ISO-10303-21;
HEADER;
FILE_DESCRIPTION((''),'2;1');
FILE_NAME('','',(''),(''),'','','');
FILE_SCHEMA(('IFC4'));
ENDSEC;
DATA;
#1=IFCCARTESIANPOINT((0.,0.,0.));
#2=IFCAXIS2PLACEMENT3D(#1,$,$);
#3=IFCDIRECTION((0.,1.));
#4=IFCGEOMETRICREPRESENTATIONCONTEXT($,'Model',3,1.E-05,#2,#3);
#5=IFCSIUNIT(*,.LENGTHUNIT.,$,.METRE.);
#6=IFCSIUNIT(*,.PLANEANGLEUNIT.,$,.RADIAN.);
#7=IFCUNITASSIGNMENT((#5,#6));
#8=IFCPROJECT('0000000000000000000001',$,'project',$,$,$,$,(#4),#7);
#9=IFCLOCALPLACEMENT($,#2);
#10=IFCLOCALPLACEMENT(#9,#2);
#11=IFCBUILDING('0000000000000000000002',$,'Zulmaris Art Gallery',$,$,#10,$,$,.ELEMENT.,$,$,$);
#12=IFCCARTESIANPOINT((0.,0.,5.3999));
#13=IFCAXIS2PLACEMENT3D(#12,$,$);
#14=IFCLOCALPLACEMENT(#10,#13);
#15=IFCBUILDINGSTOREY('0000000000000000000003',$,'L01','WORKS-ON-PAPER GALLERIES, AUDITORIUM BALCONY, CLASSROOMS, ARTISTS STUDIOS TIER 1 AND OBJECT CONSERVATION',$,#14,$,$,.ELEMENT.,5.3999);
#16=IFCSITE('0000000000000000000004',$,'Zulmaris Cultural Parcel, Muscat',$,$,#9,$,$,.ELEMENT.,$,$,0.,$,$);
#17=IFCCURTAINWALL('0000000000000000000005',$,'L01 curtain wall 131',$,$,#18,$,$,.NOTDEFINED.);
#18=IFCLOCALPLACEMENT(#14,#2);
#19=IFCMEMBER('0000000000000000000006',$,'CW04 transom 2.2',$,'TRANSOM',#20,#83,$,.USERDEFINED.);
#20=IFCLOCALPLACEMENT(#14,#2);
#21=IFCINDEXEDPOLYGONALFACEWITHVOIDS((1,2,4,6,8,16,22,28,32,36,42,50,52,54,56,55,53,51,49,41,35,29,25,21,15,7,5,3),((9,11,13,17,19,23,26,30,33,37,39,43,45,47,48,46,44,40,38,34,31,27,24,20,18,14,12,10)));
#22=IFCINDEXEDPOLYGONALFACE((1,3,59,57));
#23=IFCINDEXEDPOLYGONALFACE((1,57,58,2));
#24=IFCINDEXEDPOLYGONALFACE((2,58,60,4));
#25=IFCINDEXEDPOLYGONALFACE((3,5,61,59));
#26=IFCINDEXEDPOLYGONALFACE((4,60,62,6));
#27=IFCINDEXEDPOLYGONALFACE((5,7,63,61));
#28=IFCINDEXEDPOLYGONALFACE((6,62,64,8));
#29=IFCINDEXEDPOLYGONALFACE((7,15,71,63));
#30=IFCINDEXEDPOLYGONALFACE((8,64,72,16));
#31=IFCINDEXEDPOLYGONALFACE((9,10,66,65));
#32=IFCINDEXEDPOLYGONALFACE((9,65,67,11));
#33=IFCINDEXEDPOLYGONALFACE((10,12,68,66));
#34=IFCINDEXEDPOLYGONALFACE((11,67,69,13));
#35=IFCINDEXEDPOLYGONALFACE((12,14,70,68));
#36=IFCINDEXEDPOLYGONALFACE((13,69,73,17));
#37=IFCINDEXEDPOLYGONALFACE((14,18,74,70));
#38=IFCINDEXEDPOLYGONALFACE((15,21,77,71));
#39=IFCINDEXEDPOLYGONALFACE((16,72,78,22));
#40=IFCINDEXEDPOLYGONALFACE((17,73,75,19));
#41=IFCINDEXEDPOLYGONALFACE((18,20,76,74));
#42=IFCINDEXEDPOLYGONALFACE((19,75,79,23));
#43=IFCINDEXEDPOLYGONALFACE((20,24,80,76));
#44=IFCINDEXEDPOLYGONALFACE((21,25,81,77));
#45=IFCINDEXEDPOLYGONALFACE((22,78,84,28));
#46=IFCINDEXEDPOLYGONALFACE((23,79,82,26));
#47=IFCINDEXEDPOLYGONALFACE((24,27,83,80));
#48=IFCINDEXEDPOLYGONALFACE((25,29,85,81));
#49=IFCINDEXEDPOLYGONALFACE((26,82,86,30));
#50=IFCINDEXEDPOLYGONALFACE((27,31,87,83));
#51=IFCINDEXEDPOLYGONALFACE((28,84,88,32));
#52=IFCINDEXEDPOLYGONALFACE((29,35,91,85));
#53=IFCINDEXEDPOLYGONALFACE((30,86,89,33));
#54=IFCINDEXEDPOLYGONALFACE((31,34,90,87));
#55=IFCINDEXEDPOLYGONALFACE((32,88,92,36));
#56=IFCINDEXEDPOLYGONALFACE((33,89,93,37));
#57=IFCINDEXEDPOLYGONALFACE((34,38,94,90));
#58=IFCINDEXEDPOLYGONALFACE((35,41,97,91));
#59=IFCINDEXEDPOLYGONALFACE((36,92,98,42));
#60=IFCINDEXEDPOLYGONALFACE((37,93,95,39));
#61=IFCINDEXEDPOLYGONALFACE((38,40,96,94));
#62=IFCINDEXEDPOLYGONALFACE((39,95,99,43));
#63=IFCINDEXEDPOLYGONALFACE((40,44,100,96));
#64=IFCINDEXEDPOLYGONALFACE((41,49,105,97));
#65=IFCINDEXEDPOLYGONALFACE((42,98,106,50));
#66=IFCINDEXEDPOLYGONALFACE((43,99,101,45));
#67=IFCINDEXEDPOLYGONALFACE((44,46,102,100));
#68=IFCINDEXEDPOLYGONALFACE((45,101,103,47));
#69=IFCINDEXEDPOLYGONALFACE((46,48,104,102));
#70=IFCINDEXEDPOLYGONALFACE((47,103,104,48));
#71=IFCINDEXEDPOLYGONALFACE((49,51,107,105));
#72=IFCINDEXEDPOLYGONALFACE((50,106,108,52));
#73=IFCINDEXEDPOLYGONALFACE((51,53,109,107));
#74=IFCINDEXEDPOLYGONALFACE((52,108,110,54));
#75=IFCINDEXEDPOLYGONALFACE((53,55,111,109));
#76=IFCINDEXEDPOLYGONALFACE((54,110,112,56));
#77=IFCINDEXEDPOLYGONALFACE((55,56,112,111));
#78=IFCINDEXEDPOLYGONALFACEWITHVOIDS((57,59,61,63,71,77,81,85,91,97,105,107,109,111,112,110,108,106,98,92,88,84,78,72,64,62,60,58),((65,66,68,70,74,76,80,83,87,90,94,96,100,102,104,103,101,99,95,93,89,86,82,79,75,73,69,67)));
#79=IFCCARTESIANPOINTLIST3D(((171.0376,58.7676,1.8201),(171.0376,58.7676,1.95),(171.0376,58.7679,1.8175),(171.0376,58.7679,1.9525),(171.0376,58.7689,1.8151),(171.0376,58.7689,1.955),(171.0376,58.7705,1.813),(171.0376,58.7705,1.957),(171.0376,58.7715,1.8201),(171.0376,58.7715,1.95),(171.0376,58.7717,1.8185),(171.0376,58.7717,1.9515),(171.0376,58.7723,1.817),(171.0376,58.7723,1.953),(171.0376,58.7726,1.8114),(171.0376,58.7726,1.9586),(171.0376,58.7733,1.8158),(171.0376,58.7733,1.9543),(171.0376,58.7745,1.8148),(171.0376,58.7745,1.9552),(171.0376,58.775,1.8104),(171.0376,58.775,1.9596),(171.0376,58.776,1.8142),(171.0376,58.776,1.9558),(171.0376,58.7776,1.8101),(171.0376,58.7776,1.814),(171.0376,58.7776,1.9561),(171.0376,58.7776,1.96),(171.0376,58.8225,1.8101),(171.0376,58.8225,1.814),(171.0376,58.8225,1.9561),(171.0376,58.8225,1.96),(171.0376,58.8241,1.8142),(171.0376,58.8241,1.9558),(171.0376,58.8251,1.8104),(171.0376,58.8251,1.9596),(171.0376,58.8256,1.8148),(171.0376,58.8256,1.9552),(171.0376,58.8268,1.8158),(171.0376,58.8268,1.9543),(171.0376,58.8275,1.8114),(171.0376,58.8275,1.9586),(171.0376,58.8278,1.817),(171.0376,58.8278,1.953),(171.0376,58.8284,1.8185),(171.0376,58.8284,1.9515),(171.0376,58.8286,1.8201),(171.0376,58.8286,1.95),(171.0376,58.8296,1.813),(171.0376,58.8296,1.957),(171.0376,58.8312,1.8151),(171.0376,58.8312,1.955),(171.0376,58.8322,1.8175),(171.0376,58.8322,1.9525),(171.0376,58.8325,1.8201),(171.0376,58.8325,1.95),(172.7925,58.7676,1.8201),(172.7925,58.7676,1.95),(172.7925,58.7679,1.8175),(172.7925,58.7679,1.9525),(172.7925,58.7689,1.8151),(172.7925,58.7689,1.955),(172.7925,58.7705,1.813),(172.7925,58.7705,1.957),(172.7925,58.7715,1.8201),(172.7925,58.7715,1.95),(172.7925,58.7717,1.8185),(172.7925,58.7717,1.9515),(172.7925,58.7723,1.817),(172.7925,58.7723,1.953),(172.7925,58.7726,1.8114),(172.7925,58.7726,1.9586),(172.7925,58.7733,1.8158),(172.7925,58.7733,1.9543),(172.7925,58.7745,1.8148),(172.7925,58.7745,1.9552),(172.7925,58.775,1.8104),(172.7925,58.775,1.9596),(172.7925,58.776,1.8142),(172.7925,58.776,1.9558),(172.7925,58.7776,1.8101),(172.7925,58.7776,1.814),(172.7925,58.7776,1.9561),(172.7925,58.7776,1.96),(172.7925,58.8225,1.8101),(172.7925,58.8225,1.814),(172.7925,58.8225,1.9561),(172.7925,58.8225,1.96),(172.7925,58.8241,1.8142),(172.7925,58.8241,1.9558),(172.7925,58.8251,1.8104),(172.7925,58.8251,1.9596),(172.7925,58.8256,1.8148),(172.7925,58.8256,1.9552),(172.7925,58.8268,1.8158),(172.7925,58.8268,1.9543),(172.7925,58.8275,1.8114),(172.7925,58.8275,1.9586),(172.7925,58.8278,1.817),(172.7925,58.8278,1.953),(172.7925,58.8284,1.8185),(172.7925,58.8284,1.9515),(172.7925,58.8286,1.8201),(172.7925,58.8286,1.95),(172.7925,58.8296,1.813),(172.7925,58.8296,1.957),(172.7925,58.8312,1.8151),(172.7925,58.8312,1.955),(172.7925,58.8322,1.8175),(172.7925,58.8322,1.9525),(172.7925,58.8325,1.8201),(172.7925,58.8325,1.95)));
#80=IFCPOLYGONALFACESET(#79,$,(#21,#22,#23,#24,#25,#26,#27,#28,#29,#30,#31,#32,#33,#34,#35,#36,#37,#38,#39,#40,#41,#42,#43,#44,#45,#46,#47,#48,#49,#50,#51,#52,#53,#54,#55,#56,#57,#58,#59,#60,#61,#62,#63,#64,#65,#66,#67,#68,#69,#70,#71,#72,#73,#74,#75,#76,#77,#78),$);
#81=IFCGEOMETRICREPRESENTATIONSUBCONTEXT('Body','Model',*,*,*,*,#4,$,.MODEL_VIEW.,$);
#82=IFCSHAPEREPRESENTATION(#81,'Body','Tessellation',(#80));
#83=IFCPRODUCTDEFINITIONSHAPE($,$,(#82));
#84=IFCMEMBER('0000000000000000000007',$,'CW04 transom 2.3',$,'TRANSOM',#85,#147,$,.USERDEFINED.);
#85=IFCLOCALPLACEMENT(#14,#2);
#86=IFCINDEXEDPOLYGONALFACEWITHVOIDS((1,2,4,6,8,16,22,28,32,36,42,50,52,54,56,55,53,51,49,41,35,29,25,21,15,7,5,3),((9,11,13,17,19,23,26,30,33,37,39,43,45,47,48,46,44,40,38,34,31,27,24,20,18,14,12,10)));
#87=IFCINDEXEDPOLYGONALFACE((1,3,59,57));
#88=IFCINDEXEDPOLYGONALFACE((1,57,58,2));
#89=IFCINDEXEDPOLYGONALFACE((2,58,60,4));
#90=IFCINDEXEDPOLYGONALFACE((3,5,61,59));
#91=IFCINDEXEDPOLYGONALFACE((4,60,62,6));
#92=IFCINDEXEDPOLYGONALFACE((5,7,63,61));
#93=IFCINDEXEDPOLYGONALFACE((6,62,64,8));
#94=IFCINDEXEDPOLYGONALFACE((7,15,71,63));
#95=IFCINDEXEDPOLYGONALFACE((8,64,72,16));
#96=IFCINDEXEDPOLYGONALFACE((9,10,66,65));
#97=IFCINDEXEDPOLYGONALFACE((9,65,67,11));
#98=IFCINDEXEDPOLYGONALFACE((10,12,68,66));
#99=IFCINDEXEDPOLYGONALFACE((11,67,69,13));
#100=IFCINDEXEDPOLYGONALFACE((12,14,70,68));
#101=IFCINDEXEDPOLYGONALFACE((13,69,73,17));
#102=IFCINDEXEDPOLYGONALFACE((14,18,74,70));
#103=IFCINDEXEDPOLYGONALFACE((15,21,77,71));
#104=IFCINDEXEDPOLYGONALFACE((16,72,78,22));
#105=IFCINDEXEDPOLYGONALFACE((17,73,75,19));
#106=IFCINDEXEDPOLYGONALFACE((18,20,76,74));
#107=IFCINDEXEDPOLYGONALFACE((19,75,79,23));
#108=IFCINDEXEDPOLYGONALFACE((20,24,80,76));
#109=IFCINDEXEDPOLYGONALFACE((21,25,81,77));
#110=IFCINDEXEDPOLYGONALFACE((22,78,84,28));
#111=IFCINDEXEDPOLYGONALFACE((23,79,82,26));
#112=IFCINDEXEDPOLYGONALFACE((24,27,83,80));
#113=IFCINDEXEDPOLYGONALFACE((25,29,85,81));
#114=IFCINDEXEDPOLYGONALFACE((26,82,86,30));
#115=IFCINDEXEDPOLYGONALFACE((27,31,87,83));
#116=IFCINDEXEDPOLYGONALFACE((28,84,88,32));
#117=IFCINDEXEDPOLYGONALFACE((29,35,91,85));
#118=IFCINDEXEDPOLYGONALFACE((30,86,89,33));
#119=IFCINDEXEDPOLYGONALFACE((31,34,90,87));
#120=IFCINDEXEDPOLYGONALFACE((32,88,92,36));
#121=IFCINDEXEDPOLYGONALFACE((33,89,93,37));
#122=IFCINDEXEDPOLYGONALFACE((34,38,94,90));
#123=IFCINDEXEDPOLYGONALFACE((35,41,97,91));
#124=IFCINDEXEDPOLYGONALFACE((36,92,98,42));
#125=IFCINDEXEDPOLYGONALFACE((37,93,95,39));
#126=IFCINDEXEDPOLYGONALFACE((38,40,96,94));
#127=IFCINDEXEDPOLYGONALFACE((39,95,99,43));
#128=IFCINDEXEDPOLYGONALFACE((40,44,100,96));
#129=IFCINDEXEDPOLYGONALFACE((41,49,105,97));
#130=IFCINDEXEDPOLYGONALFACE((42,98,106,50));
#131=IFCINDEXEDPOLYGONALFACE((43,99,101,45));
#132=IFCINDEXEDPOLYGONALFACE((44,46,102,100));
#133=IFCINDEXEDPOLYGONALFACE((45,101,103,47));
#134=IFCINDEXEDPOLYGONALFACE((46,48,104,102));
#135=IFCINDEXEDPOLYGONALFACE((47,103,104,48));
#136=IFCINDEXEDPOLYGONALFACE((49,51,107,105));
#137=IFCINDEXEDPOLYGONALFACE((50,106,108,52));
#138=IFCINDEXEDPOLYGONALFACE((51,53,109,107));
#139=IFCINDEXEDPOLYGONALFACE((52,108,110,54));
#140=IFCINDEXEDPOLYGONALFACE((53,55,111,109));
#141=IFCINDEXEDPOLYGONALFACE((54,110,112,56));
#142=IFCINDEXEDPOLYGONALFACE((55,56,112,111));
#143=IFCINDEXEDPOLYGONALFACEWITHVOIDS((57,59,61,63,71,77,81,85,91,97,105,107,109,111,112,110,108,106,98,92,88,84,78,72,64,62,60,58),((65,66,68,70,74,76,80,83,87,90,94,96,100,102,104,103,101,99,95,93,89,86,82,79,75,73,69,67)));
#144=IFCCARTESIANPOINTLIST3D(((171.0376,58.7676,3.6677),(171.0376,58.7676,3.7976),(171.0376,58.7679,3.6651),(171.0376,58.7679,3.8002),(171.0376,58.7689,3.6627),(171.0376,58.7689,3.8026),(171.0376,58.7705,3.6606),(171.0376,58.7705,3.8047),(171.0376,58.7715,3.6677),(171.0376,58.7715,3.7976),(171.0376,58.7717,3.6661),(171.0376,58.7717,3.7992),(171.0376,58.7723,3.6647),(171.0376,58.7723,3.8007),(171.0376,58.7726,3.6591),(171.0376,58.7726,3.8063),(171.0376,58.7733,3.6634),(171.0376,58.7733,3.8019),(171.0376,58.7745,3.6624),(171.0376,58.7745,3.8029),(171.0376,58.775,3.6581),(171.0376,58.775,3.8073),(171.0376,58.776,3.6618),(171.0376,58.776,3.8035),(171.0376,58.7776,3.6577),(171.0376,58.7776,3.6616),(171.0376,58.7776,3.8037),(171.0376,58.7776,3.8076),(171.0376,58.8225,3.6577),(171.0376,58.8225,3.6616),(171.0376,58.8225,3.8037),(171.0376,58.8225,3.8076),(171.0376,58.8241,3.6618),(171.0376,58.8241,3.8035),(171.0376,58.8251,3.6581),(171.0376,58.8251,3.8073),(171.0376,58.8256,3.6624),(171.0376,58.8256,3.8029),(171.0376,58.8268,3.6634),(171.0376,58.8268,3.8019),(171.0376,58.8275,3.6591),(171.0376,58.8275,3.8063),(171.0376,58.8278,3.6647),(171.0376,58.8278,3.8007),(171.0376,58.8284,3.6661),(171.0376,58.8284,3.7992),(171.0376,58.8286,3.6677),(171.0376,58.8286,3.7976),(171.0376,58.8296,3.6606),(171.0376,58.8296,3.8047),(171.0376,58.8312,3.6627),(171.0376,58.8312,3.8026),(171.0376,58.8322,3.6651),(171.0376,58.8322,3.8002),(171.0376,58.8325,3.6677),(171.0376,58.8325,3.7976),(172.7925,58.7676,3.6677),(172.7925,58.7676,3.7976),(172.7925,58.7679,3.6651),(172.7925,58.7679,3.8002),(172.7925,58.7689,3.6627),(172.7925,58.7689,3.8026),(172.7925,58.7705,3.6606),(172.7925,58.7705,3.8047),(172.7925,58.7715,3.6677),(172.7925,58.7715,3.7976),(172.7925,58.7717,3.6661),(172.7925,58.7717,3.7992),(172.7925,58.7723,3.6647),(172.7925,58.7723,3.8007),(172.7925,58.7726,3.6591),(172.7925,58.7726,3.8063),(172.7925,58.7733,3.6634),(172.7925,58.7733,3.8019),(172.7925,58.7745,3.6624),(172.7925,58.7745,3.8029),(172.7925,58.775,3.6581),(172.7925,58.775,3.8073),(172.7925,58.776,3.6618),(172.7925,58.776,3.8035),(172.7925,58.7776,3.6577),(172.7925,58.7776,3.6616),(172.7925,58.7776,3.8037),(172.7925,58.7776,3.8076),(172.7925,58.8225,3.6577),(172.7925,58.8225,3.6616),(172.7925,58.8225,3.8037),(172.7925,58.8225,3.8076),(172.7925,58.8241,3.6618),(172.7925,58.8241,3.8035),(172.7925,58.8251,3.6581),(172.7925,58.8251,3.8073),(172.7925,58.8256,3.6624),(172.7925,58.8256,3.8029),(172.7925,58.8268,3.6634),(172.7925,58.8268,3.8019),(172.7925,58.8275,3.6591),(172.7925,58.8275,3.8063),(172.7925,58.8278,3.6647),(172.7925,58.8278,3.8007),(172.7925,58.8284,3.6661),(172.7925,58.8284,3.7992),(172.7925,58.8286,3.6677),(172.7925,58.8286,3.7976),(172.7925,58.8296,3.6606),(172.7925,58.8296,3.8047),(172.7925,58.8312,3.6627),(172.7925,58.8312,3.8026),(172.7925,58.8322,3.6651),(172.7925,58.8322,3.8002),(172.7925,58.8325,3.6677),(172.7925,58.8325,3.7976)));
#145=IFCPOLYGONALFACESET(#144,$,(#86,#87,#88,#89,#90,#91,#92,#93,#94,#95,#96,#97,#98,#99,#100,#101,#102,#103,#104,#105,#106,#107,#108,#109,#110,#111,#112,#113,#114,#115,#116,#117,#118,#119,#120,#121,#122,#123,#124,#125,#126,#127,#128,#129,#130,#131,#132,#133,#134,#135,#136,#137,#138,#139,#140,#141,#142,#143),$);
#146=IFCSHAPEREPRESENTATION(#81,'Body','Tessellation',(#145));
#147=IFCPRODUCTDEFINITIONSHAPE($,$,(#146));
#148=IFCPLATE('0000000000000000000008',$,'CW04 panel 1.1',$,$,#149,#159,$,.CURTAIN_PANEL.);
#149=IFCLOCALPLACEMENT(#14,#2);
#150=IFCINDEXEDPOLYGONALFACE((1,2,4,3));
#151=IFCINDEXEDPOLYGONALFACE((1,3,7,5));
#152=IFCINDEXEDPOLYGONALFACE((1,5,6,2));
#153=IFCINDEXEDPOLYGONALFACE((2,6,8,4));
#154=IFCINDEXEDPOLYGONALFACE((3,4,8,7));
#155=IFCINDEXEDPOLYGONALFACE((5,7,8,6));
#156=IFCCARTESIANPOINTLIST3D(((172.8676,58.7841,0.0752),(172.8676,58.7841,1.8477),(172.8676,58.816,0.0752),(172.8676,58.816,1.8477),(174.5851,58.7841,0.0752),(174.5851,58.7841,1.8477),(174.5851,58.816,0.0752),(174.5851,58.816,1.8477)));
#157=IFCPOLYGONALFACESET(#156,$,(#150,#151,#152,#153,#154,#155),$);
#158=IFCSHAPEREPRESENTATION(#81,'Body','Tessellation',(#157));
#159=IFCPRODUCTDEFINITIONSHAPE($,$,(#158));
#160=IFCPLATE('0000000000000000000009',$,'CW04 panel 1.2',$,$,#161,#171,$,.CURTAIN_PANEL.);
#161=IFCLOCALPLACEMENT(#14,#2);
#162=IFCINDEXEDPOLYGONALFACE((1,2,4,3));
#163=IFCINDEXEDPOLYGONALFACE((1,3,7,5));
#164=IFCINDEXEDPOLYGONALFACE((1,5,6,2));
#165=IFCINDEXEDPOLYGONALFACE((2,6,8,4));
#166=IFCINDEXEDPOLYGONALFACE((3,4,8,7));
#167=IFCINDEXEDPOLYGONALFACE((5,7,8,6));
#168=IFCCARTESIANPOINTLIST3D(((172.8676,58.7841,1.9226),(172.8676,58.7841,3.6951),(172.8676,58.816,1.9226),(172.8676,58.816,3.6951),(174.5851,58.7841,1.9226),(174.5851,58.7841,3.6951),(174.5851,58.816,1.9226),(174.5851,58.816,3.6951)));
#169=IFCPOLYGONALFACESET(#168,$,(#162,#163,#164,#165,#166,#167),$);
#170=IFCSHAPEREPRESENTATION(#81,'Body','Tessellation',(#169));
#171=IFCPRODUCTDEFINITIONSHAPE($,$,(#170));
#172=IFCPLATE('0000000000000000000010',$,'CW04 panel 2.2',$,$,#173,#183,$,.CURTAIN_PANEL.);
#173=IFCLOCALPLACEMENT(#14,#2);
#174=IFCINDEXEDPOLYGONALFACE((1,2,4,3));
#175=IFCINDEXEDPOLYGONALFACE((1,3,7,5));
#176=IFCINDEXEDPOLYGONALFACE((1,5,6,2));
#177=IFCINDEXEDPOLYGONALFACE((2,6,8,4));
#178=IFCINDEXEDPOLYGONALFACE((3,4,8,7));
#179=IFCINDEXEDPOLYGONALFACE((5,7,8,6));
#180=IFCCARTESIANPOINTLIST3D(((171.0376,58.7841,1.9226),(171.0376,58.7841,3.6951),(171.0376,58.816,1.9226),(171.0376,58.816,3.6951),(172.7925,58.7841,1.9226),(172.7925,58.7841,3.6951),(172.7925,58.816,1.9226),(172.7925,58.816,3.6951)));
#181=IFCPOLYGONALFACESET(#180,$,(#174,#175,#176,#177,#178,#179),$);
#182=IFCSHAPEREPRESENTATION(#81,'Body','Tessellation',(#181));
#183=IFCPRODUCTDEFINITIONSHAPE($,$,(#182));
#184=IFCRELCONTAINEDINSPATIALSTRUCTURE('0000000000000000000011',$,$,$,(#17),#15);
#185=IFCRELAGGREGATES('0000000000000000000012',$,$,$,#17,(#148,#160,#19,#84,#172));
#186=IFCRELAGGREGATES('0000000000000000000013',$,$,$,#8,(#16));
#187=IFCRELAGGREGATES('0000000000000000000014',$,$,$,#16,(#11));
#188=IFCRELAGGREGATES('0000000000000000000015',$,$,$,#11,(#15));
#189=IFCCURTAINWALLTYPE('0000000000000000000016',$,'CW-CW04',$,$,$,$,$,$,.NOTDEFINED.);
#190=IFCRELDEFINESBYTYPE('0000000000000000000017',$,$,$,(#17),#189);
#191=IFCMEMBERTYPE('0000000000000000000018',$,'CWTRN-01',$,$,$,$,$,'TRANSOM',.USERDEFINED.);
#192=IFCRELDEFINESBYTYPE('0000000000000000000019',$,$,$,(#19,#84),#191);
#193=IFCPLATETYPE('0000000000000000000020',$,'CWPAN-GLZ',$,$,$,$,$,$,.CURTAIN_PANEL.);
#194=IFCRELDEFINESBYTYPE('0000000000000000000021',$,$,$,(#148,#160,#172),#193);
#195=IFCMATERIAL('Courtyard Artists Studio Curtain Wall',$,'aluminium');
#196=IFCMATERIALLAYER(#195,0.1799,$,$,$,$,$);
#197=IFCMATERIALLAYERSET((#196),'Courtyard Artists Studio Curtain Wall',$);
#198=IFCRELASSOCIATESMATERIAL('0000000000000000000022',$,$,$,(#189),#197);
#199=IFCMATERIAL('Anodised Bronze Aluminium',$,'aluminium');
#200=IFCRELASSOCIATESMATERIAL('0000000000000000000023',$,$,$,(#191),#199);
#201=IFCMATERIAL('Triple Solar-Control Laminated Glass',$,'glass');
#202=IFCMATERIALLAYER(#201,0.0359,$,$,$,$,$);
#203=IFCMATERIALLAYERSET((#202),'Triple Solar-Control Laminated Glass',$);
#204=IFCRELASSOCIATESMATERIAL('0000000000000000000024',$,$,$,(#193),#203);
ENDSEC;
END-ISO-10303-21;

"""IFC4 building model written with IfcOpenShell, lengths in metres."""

from ifc_helpers import new_model, si_unit, direction, frame, origin, origin_2d, place, context, subcontext, project, spatial, rectangle, hollow_rectangle, extrude, material, layer, layer_set, material_profile, profile_set, type_object, element, aggregate, save


model = new_model("IFC4")

# Units and contexts
model_context = context("Model", 3, precision=1e-05, world=origin(), true_north=direction((0.0, 1.0)))
body_context = subcontext(model_context, "Body", "Model", "MODEL_VIEW")
ifc_project = project(units=[si_unit("LENGTHUNIT", "METRE"), si_unit("PLANEANGLEUNIT", "RADIAN")], contexts=[model_context])

# Site, building, storey
site_placement = place(None, origin())
site = spatial("IfcSite", under=ifc_project, at=site_placement, Name="Zulmaris Cultural Parcel, Muscat", CompositionType="ELEMENT", RefElevation=0.0)
building_placement = place(site_placement, origin())
building = spatial("IfcBuilding", under=site, at=building_placement, Name="Zulmaris Art Gallery", CompositionType="ELEMENT")
storey_placement = place(building_placement, frame((0.0, 0.0, 5.3999)))
storey = spatial("IfcBuildingStorey", under=building, at=storey_placement, Name="L01", Description="WORKS-ON-PAPER GALLERIES, AUDITORIUM BALCONY, CLASSROOMS, ARTISTS STUDIOS TIER 1 AND OBJECT CONSERVATION", CompositionType="ELEMENT", Elevation=5.3999)

# Curtain wall, members, plates
ifc_material_1 = material(Name="Courtyard Artists Studio Curtain Wall", Category="aluminium")
ifc_layer_1 = layer(ifc_material_1, 0.1799)
ifc_layer_set_1 = layer_set([ifc_layer_1], Name="Courtyard Artists Studio Curtain Wall")
curtain_wall_type = type_object("IfcCurtainWallType", Name="CW-CW04", PredefinedType="NOTDEFINED", material=ifc_layer_set_1)
curtain_wall_placement = place(storey_placement, origin())
curtain_wall = element("IfcCurtainWall", 1, at=curtain_wall_placement, inside=storey, type_object=curtain_wall_type, Name="L01 curtain wall 131", PredefinedType="NOTDEFINED")
ifc_material_2 = material(Name="Anodised Bronze Aluminium", Category="aluminium")
ifc_material_profile_1 = material_profile(ifc_material_2, hollow_rectangle(XDim=0.0649, YDim=0.1499, WallThickness=0.0039, InnerFilletRadius=0.0061, OuterFilletRadius=0.01, at=origin_2d()), Name="ALU 65x150x4")
ifc_profile_set_1 = profile_set([ifc_material_profile_1], Name="Anodised Bronze Aluminium")
member_type_1 = type_object("IfcMemberType", Name="CWTRN-01", ElementType="TRANSOM", PredefinedType="USERDEFINED", material=ifc_profile_set_1)
member_1_placement = place(storey_placement, frame((172.7925, 58.8, 1.885), z_axis=(-1.0, 0.0, 0.0), x_axis=(0.0, -1.0, 0.0)))
member_1 = element("IfcMember", 2, at=member_1_placement, type_object=member_type_1, Name="CW04 transom 2.2", ObjectType="TRANSOM", PredefinedType="USERDEFINED", context=body_context, shape_type="SweptSolid", body=[
    extrude(hollow_rectangle(XDim=0.0649, YDim=0.1499, WallThickness=0.0039, InnerFilletRadius=0.0061, OuterFilletRadius=0.01, at=origin_2d()), origin(), (0.0, 0.0, 1.0), 1.7549),
])
member_2_placement = place(storey_placement, frame((172.7925, 58.8, 3.7327), z_axis=(-1.0, 0.0, 0.0), x_axis=(0.0, -1.0, 0.0)))
member_2 = element("IfcMember", 3, at=member_2_placement, type_object=member_type_1, Name="CW04 transom 2.3", ObjectType="TRANSOM", PredefinedType="USERDEFINED", context=body_context, shape_type="SweptSolid", body=[
    extrude(hollow_rectangle(XDim=0.0649, YDim=0.1499, WallThickness=0.0039, InnerFilletRadius=0.0061, OuterFilletRadius=0.01, at=origin_2d()), origin(), (0.0, 0.0, 1.0), 1.7549),
])
ifc_material_3 = material(Name="Triple Solar-Control Laminated Glass", Category="glass")
ifc_layer_2 = layer(ifc_material_3, 0.0359)
ifc_layer_set_2 = layer_set([ifc_layer_2], Name="Triple Solar-Control Laminated Glass")
plate_type = type_object("IfcPlateType", Name="CWPAN-GLZ", PredefinedType="CURTAIN_PANEL", material=ifc_layer_set_2)
plate_1_placement = place(storey_placement, frame((173.7263, 58.8, 0.0752), z_axis=(0.0, 0.0, 1.0), x_axis=(-1.0, 0.0, 0.0)))
plate_1 = element("IfcPlate", 4, at=plate_1_placement, type_object=plate_type, Name="CW04 panel 1.1", PredefinedType="CURTAIN_PANEL", context=body_context, shape_type="SweptSolid", body=[
    extrude(rectangle(XDim=1.7175, YDim=0.032, at=origin_2d()), origin(), (0.0, 0.0, 1.0), 1.7725),
])
plate_2_placement = place(storey_placement, frame((173.7263, 58.8, 1.9226), z_axis=(0.0, 0.0, 1.0), x_axis=(-1.0, 0.0, 0.0)))
plate_2 = element("IfcPlate", 5, at=plate_2_placement, type_object=plate_type, Name="CW04 panel 1.2", PredefinedType="CURTAIN_PANEL", context=body_context, shape_type="SweptSolid", body=[
    extrude(rectangle(XDim=1.7175, YDim=0.032, at=origin_2d()), origin(), (0.0, 0.0, 1.0), 1.7725),
])
plate_3_placement = place(storey_placement, frame((171.915, 58.8, 1.9226), z_axis=(0.0, 0.0, 1.0), x_axis=(-1.0, 0.0, 0.0)))
plate_3 = element("IfcPlate", 6, at=plate_3_placement, type_object=plate_type, Name="CW04 panel 2.2", PredefinedType="CURTAIN_PANEL", context=body_context, shape_type="SweptSolid", body=[
    extrude(rectangle(XDim=1.7549, YDim=0.032, at=origin_2d()), origin(), (0.0, 0.0, 1.0), 1.7725),
])
aggregate(curtain_wall, [plate_1, plate_2, member_1, member_2, plate_3])

save(model, "model.ifc")
